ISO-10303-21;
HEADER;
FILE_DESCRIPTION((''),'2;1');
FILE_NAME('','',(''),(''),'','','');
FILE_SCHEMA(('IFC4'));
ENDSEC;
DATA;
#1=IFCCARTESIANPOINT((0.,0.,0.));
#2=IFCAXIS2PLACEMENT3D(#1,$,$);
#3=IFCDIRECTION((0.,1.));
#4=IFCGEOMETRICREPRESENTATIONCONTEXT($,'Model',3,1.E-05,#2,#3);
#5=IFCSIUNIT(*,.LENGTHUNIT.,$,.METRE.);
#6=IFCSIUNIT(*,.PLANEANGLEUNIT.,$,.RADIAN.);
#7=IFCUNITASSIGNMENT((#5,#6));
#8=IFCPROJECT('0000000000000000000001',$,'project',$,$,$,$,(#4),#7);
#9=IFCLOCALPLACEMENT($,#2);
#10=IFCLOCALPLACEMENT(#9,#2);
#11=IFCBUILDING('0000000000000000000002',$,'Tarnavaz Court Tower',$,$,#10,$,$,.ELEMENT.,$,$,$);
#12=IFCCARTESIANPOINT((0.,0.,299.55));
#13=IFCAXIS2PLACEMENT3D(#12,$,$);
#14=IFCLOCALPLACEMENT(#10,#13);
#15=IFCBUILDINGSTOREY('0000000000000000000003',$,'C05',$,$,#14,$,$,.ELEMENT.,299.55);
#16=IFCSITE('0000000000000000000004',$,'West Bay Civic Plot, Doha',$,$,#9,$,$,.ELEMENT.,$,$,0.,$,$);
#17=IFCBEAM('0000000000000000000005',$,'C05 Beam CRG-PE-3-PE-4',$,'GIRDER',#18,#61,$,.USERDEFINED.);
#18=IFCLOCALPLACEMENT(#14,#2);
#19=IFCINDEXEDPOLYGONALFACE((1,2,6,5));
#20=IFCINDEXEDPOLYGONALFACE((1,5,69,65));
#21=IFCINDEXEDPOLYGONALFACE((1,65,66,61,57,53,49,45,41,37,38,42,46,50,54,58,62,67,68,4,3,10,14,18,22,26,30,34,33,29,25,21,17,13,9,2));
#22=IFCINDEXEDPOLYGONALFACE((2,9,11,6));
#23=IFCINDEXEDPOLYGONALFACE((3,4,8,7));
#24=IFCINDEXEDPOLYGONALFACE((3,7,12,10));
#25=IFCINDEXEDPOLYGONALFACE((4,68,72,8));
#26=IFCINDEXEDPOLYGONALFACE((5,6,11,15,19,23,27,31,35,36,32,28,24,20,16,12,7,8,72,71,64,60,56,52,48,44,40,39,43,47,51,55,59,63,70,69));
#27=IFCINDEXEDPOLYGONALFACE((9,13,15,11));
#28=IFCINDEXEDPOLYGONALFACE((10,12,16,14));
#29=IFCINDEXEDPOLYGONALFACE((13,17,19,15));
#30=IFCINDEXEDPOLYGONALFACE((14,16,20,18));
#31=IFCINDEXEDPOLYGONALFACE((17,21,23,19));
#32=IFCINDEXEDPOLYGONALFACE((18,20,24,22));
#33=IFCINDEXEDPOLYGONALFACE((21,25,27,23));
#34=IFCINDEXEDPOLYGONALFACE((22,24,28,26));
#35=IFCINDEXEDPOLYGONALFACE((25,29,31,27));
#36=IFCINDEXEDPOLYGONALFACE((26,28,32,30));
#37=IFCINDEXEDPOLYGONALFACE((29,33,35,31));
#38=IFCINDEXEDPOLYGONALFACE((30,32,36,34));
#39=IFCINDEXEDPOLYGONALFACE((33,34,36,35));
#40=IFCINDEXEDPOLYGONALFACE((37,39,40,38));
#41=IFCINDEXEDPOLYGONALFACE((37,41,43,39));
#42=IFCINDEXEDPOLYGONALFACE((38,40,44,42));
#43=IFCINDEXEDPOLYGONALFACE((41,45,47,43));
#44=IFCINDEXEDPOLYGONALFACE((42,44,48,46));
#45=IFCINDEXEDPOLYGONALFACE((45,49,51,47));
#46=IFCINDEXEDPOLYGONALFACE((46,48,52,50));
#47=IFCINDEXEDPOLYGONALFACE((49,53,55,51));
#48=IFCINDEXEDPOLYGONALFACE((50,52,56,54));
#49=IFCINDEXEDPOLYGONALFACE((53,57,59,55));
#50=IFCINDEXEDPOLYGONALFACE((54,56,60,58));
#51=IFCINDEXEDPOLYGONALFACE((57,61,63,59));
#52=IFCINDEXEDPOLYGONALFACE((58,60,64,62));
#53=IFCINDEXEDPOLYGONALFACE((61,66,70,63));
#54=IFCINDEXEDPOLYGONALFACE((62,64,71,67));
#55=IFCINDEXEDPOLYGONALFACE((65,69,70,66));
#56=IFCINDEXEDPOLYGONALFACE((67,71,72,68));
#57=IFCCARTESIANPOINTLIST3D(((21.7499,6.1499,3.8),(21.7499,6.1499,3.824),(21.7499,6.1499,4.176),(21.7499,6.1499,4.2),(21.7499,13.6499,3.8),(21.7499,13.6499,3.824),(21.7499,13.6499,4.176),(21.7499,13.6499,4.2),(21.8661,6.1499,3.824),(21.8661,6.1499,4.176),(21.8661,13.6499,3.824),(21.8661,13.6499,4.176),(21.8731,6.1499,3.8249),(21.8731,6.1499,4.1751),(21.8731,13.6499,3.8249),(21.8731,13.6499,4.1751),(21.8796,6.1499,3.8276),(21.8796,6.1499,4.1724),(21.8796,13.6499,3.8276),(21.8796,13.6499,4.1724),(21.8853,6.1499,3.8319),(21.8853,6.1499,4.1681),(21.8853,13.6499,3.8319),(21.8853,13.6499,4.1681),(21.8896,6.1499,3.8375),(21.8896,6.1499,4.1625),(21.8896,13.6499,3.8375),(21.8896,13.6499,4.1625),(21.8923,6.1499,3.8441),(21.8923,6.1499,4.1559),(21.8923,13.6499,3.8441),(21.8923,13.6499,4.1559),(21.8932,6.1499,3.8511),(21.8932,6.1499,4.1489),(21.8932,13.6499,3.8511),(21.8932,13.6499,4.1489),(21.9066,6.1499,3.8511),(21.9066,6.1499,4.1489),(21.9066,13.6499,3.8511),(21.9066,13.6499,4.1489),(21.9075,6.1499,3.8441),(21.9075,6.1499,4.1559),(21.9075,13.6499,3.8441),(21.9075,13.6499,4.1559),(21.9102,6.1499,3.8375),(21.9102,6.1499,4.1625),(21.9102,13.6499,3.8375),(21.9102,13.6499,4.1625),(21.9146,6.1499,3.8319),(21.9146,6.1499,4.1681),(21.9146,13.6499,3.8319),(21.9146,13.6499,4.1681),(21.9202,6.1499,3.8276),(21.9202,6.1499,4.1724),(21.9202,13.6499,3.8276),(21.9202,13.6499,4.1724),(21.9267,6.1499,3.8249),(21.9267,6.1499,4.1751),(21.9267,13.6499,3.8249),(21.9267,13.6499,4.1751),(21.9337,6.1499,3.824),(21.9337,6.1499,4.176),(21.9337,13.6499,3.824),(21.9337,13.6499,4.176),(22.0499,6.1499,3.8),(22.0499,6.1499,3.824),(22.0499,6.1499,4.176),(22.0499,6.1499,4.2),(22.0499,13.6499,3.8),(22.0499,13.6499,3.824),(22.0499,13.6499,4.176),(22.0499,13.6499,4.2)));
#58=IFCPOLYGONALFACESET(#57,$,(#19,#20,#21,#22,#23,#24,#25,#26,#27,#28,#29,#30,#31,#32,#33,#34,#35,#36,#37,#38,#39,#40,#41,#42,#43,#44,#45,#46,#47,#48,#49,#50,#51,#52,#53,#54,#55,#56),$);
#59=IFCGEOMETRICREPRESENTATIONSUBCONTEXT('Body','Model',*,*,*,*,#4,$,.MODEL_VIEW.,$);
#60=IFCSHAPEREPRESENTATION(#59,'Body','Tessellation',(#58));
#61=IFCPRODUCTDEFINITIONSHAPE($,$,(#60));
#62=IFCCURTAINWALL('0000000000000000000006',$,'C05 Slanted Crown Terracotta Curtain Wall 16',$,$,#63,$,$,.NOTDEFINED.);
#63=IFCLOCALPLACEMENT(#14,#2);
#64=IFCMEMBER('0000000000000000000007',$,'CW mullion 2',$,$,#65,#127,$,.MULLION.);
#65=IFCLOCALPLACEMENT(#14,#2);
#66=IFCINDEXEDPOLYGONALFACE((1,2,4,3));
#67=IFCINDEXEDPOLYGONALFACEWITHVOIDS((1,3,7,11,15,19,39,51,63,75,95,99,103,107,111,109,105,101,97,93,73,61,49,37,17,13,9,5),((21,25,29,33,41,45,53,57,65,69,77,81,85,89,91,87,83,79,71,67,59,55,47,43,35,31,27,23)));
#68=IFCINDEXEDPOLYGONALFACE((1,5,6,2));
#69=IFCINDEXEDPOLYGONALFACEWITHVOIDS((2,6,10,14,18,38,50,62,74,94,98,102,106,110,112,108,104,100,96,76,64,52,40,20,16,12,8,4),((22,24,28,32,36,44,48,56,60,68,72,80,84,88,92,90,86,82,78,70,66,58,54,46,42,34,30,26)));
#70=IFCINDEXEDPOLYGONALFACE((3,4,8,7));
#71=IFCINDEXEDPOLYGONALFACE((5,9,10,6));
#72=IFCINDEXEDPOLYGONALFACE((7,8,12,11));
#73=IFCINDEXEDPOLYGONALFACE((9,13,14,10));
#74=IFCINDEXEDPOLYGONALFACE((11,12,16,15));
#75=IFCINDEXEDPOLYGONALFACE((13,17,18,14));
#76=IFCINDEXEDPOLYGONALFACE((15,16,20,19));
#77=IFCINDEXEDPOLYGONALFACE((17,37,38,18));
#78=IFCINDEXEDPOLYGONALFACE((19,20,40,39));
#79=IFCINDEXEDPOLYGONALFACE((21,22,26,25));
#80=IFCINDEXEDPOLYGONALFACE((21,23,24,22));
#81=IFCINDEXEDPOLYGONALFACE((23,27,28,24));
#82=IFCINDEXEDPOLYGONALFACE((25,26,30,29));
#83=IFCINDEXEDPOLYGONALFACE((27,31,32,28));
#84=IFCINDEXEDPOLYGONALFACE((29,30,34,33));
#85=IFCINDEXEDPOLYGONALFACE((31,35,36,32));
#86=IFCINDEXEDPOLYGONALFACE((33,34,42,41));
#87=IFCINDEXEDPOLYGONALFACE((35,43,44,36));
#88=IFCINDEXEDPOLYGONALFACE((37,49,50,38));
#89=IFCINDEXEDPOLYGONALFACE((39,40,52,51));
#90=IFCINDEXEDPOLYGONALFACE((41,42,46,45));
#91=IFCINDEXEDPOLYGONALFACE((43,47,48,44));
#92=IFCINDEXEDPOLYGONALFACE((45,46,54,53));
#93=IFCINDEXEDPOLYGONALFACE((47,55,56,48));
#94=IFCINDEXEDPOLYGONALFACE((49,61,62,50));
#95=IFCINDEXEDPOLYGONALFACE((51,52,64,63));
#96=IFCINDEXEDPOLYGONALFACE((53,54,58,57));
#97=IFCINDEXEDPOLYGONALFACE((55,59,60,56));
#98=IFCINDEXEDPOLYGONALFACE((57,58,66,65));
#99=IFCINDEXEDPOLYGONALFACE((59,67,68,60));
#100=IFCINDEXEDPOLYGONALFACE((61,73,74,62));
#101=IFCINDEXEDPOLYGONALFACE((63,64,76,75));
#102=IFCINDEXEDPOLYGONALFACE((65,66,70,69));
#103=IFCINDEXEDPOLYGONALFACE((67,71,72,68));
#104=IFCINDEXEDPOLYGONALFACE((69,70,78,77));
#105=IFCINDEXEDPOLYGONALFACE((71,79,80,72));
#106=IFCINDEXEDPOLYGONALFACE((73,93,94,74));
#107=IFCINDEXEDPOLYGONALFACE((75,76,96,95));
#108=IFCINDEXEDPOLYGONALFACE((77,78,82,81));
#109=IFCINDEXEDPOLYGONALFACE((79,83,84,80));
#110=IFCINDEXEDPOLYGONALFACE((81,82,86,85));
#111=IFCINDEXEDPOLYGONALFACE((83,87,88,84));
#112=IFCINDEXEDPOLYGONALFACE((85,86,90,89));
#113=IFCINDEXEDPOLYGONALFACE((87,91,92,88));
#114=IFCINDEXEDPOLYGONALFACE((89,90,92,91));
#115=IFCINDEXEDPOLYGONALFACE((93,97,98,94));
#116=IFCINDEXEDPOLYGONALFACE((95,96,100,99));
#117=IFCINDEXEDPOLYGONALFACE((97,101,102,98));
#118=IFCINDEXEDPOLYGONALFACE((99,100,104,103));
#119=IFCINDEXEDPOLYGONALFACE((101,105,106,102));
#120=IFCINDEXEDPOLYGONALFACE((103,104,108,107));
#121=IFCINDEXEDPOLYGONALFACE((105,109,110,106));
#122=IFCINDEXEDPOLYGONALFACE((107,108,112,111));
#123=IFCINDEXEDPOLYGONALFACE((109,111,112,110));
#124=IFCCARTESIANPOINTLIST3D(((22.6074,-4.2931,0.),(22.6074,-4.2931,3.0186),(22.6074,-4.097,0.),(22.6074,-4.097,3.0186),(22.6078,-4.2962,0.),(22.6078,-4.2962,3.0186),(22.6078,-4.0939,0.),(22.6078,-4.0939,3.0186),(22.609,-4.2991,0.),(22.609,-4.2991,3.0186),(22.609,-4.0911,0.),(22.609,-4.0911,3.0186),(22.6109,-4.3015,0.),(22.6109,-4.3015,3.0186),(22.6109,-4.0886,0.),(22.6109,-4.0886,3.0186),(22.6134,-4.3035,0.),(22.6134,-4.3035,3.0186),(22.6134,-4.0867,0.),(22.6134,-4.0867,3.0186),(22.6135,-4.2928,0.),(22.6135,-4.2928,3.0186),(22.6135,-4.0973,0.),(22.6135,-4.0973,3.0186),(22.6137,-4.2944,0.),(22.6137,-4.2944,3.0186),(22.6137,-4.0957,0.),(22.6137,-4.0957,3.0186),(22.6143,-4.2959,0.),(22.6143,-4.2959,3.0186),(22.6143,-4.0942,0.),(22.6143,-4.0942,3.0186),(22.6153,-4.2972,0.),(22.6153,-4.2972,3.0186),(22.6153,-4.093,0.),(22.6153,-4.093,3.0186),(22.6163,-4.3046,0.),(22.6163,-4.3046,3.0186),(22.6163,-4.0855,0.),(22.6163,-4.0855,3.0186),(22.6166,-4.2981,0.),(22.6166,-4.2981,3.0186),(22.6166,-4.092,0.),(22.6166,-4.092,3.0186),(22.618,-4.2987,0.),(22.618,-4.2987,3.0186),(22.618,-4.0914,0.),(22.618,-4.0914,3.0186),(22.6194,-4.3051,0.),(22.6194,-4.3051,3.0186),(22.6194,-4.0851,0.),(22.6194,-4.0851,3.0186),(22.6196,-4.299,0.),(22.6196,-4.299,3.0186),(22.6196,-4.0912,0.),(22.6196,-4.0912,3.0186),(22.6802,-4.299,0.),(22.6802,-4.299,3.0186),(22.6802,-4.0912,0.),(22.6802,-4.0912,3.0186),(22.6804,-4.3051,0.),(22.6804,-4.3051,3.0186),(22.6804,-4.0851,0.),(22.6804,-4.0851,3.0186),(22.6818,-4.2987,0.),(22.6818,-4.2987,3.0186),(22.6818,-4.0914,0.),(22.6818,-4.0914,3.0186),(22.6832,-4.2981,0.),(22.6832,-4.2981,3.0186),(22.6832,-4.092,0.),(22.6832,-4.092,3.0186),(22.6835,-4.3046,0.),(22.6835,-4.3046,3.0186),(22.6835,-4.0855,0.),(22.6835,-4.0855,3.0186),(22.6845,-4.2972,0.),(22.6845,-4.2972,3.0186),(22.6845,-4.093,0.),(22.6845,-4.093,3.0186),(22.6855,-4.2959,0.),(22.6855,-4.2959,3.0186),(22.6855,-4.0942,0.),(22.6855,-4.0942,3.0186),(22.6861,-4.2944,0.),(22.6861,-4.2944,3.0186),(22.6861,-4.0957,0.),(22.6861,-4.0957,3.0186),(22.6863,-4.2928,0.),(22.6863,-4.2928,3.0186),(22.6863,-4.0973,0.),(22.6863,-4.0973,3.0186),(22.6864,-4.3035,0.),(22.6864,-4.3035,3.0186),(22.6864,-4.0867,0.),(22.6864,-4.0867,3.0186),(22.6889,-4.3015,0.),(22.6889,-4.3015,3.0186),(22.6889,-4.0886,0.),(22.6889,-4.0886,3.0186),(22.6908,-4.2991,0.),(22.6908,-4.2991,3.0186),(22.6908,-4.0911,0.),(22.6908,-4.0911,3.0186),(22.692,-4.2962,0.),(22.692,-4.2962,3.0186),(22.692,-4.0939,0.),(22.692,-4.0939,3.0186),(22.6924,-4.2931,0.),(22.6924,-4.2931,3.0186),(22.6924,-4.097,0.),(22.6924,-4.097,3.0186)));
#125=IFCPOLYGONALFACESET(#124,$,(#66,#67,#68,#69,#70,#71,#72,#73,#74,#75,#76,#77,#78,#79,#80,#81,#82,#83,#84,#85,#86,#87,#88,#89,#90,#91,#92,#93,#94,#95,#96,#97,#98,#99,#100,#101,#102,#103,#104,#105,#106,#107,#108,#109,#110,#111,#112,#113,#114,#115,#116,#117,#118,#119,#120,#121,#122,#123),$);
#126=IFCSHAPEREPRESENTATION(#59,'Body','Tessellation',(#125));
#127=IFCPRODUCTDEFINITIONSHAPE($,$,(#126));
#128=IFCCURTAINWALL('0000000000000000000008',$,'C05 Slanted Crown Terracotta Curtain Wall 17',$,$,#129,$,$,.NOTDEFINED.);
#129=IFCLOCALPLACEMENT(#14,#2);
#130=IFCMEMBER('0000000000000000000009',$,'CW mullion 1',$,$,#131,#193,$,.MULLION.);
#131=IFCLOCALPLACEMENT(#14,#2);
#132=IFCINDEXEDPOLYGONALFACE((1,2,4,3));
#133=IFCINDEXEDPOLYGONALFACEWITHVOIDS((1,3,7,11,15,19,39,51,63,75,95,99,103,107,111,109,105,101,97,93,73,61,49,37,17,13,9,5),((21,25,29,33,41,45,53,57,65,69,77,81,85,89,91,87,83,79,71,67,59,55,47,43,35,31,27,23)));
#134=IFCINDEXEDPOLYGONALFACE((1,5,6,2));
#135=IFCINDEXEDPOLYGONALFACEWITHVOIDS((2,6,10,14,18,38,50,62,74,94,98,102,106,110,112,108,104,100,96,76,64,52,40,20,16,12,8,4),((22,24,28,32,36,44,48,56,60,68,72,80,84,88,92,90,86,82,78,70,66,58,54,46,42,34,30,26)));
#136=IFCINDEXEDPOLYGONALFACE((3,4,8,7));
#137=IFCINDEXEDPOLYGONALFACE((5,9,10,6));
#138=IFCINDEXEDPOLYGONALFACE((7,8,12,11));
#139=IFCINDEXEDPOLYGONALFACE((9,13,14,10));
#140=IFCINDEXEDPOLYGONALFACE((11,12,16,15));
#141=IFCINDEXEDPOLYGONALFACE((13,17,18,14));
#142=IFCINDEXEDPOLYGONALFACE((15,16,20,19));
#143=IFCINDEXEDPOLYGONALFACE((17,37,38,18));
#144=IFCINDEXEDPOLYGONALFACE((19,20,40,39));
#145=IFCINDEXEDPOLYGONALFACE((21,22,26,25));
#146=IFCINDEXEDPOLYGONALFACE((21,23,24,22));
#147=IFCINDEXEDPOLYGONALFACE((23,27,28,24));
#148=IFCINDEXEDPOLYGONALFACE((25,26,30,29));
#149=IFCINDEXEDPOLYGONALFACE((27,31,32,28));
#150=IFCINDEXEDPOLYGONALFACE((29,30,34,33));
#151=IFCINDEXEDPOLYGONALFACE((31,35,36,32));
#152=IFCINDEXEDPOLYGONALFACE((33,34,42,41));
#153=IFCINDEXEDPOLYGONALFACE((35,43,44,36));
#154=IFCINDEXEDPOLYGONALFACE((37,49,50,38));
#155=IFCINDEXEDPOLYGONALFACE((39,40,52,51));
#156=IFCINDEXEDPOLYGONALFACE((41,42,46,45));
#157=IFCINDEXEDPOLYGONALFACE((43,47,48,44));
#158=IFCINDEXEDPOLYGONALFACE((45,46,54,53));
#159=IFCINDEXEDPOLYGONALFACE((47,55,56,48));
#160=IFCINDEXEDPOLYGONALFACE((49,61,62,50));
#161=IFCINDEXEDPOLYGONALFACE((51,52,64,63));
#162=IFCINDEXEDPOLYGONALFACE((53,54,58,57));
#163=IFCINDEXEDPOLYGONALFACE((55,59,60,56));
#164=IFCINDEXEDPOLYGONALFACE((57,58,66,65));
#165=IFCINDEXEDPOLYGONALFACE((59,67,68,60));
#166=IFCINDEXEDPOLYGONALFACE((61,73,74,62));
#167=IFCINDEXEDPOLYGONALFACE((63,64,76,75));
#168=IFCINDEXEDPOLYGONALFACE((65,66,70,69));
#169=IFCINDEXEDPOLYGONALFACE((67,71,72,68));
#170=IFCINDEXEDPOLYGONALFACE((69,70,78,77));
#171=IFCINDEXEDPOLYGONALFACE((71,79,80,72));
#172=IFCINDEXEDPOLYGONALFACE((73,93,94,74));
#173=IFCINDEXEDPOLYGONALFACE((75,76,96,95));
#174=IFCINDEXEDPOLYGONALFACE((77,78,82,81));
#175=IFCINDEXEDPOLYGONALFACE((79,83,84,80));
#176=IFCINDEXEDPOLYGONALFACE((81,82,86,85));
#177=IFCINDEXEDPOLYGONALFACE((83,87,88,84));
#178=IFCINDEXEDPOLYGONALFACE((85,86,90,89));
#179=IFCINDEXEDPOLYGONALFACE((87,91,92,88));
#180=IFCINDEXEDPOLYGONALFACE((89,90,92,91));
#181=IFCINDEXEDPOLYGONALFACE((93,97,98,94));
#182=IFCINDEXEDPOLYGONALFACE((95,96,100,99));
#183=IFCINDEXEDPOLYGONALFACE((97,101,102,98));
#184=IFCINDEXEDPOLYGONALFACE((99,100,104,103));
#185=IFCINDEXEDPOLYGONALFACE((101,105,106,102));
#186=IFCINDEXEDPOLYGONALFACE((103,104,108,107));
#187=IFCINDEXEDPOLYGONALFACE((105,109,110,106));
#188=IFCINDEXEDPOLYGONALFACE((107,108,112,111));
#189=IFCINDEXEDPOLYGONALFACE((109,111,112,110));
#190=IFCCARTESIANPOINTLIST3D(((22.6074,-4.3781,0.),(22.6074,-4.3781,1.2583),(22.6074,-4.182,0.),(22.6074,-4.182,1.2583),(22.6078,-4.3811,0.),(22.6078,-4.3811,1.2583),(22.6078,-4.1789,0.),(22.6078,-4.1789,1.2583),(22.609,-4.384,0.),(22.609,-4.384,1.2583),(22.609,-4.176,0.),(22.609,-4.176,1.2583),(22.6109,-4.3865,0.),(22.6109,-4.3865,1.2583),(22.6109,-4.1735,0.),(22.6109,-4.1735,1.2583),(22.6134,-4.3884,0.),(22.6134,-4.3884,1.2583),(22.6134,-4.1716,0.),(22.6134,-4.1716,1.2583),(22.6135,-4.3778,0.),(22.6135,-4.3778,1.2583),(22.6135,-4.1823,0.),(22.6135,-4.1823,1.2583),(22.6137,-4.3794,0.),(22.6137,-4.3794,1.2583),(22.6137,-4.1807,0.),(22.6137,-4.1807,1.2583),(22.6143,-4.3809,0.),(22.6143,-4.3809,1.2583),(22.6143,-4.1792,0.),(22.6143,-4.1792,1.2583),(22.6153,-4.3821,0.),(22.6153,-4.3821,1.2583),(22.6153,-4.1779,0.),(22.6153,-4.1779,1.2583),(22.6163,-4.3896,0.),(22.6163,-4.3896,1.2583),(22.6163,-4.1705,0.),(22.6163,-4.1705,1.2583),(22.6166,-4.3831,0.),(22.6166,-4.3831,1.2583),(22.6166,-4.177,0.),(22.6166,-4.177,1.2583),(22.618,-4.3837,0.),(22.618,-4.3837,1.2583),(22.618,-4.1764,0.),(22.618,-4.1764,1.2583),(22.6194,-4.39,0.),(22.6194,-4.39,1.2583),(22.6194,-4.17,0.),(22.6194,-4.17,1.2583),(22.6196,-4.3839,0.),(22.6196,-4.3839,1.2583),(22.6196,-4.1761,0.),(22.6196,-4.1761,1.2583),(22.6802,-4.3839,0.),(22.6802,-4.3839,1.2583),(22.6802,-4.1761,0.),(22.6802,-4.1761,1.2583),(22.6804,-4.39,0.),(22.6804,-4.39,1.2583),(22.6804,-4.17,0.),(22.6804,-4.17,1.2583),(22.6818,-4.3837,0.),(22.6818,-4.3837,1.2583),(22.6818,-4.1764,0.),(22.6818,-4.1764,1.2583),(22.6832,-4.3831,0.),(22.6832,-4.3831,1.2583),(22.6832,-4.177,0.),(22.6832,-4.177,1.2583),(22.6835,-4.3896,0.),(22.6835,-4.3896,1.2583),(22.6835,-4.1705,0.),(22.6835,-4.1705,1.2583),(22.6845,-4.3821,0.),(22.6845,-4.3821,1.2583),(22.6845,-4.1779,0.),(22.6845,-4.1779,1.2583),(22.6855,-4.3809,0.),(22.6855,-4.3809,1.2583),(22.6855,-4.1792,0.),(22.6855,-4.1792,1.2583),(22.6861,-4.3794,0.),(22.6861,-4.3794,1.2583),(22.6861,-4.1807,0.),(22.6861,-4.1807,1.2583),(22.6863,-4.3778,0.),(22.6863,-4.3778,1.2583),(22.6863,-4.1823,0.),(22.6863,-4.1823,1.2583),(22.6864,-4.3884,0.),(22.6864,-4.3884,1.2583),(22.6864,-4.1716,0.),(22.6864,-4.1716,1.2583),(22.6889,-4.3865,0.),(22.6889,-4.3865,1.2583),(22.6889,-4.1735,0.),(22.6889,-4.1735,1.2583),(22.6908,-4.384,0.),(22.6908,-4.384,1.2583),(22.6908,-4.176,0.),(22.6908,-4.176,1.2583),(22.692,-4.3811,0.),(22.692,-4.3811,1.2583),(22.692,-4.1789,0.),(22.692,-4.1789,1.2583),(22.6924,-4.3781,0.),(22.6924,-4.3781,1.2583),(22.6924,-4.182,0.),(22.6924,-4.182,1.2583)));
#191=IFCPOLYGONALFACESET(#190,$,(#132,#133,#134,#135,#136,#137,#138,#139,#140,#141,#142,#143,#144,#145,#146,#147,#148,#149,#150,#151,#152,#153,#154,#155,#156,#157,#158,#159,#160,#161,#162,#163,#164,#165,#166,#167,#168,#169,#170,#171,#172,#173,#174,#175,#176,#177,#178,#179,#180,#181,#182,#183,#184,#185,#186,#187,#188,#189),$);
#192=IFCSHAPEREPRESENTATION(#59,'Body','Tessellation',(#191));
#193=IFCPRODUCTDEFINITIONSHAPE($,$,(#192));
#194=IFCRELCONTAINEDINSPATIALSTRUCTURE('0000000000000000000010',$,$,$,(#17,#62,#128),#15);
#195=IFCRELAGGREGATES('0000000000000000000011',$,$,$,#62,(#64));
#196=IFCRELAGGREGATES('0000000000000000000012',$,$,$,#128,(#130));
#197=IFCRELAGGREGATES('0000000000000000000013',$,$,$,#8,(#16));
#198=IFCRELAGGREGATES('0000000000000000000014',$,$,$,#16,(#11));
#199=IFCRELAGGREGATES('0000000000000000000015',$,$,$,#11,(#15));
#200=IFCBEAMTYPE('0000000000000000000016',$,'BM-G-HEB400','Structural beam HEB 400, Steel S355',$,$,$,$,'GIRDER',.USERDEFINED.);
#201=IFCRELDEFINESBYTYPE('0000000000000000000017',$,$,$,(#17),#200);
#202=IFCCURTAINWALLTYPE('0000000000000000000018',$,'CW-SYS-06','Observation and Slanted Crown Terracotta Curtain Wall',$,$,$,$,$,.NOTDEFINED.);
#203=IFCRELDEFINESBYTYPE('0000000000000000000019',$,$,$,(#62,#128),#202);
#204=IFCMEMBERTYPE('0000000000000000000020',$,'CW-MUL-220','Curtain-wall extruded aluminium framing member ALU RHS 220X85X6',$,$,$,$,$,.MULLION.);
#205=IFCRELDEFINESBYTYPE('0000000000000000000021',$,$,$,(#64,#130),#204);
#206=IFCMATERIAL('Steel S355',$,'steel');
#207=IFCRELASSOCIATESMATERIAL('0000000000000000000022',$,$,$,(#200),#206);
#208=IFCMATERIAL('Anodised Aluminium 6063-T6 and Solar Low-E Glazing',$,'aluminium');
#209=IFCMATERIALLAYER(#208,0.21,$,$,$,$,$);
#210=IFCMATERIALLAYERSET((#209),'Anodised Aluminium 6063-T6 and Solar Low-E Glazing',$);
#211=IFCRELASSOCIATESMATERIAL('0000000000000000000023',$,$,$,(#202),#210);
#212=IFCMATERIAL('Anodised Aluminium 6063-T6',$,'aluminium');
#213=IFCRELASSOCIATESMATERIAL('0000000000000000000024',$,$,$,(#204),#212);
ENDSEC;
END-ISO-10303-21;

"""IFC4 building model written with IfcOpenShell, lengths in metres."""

from ifc_helpers import new_model, si_unit, direction, frame, origin, origin_2d, place, context, subcontext, project, spatial, hollow_rectangle, i_section, extrude, material, layer, layer_set, material_profile, profile_set, type_object, element, aggregate, save


model = new_model("IFC4")

# Units and contexts
model_context = context("Model", 3, precision=1e-05, world=origin(), true_north=direction((0.0, 1.0)))
body_context = subcontext(model_context, "Body", "Model", "MODEL_VIEW")
ifc_project = project(units=[si_unit("LENGTHUNIT", "METRE"), si_unit("PLANEANGLEUNIT", "RADIAN")], contexts=[model_context])

# Site, building, storey
site_placement = place(None, origin())
site = spatial("IfcSite", under=ifc_project, at=site_placement, Name="West Bay Civic Plot, Doha", CompositionType="ELEMENT", RefElevation=0.0)
building_placement = place(site_placement, origin())
building = spatial("IfcBuilding", under=site, at=building_placement, Name="Tarnavaz Court Tower", CompositionType="ELEMENT")
storey_placement = place(building_placement, frame((0.0, 0.0, 299.55)))
storey = spatial("IfcBuildingStorey", under=building, at=storey_placement, Name="C05", CompositionType="ELEMENT", Elevation=299.55)

# Shared definitions
ifc_material_1 = material(Name="Steel S355", Category="steel")

# Beam
ifc_material_profile_1 = material_profile(ifc_material_1, i_section(OverallWidth=0.3, OverallDepth=0.3999, WebThickness=0.0134, FlangeThickness=0.0239, FilletRadius=0.0271, at=origin_2d()), Name="HEB 400")
ifc_profile_set_1 = profile_set([ifc_material_profile_1], Name="Steel S355")
beam_type = type_object("IfcBeamType", Name="BM-G-HEB400", Description="Structural beam HEB 400, Steel S355", ElementType="GIRDER", PredefinedType="USERDEFINED", material=ifc_profile_set_1)
beam_1_placement = place(storey_placement, frame((21.8999, 6.1499, 4.0), z_axis=(0.0, 1.0, 0.0), x_axis=(-1.0, 0.0, 0.0)))
element("IfcBeam", 1, at=beam_1_placement, inside=storey, type_object=beam_type, Name="C05 Beam CRG-PE-3-PE-4", ObjectType="GIRDER", PredefinedType="USERDEFINED", context=body_context, shape_type="SweptSolid", body=[
    extrude(i_section(OverallWidth=0.3, OverallDepth=0.3999, WebThickness=0.0134, FlangeThickness=0.0239, FilletRadius=0.0271, at=origin_2d()), origin(), (0.0, 0.0, 1.0), 7.5),
])

# Curtain wall, member
ifc_material_2 = material(Name="Anodised Aluminium 6063-T6 and Solar Low-E Glazing", Category="aluminium")
ifc_layer_1 = layer(ifc_material_2, 0.21)
ifc_layer_set_1 = layer_set([ifc_layer_1], Name="Anodised Aluminium 6063-T6 and Solar Low-E Glazing")
curtain_wall_type = type_object("IfcCurtainWallType", Name="CW-SYS-06", Description="Observation and Slanted Crown Terracotta Curtain Wall", PredefinedType="NOTDEFINED", material=ifc_layer_set_1)
curtain_wall_1_placement = place(storey_placement, origin())
curtain_wall_1 = element("IfcCurtainWall", 2, at=curtain_wall_1_placement, inside=storey, type_object=curtain_wall_type, Name="C05 Slanted Crown Terracotta Curtain Wall 16", PredefinedType="NOTDEFINED")
ifc_material_3 = material(Name="Anodised Aluminium 6063-T6", Category="aluminium")
ifc_material_profile_2 = material_profile(ifc_material_3, hollow_rectangle(XDim=0.085, YDim=0.22, WallThickness=0.0061, InnerFilletRadius=0.0061, OuterFilletRadius=0.012, at=origin_2d()), Name="ALU RHS 220X85X6")
ifc_profile_set_2 = profile_set([ifc_material_profile_2], Name="Anodised Aluminium 6063-T6")
member_type_1 = type_object("IfcMemberType", Name="CW-MUL-220", Description="Curtain-wall extruded aluminium framing member ALU RHS 220X85X6", PredefinedType="MULLION", material=ifc_profile_set_2)
member_1_placement = place(storey_placement, frame((22.6499, -4.1951, 0.0), z_axis=(0.0, 0.0, 1.0), x_axis=(1.0, 0.0, 0.0)))
member_1 = element("IfcMember", 3, at=member_1_placement, type_object=member_type_1, Name="CW mullion 2", PredefinedType="MULLION", context=body_context, shape_type="SweptSolid", body=[
    extrude(hollow_rectangle(XDim=0.085, YDim=0.22, WallThickness=0.0061, InnerFilletRadius=0.0061, OuterFilletRadius=0.012, at=origin_2d()), origin(), (0.0, 0.0, 1.0), 3.0186),
])

# Curtain wall, member
curtain_wall_2_placement = place(storey_placement, origin())
curtain_wall_2 = element("IfcCurtainWall", 4, at=curtain_wall_2_placement, inside=storey, type_object=curtain_wall_type, Name="C05 Slanted Crown Terracotta Curtain Wall 17", PredefinedType="NOTDEFINED")
member_2_placement = place(storey_placement, frame((22.6499, -4.28, 0.0), z_axis=(0.0, 0.0, 1.0), x_axis=(1.0, 0.0, 0.0)))
member_2 = element("IfcMember", 5, at=member_2_placement, type_object=member_type_1, Name="CW mullion 1", PredefinedType="MULLION", context=body_context, shape_type="SweptSolid", body=[
    extrude(hollow_rectangle(XDim=0.085, YDim=0.22, WallThickness=0.0061, InnerFilletRadius=0.0061, OuterFilletRadius=0.012, at=origin_2d()), origin(), (0.0, 0.0, 1.0), 1.2583),
])

aggregate(curtain_wall_1, [member_1])
aggregate(curtain_wall_2, [member_2])

save(model, "model.ifc")
